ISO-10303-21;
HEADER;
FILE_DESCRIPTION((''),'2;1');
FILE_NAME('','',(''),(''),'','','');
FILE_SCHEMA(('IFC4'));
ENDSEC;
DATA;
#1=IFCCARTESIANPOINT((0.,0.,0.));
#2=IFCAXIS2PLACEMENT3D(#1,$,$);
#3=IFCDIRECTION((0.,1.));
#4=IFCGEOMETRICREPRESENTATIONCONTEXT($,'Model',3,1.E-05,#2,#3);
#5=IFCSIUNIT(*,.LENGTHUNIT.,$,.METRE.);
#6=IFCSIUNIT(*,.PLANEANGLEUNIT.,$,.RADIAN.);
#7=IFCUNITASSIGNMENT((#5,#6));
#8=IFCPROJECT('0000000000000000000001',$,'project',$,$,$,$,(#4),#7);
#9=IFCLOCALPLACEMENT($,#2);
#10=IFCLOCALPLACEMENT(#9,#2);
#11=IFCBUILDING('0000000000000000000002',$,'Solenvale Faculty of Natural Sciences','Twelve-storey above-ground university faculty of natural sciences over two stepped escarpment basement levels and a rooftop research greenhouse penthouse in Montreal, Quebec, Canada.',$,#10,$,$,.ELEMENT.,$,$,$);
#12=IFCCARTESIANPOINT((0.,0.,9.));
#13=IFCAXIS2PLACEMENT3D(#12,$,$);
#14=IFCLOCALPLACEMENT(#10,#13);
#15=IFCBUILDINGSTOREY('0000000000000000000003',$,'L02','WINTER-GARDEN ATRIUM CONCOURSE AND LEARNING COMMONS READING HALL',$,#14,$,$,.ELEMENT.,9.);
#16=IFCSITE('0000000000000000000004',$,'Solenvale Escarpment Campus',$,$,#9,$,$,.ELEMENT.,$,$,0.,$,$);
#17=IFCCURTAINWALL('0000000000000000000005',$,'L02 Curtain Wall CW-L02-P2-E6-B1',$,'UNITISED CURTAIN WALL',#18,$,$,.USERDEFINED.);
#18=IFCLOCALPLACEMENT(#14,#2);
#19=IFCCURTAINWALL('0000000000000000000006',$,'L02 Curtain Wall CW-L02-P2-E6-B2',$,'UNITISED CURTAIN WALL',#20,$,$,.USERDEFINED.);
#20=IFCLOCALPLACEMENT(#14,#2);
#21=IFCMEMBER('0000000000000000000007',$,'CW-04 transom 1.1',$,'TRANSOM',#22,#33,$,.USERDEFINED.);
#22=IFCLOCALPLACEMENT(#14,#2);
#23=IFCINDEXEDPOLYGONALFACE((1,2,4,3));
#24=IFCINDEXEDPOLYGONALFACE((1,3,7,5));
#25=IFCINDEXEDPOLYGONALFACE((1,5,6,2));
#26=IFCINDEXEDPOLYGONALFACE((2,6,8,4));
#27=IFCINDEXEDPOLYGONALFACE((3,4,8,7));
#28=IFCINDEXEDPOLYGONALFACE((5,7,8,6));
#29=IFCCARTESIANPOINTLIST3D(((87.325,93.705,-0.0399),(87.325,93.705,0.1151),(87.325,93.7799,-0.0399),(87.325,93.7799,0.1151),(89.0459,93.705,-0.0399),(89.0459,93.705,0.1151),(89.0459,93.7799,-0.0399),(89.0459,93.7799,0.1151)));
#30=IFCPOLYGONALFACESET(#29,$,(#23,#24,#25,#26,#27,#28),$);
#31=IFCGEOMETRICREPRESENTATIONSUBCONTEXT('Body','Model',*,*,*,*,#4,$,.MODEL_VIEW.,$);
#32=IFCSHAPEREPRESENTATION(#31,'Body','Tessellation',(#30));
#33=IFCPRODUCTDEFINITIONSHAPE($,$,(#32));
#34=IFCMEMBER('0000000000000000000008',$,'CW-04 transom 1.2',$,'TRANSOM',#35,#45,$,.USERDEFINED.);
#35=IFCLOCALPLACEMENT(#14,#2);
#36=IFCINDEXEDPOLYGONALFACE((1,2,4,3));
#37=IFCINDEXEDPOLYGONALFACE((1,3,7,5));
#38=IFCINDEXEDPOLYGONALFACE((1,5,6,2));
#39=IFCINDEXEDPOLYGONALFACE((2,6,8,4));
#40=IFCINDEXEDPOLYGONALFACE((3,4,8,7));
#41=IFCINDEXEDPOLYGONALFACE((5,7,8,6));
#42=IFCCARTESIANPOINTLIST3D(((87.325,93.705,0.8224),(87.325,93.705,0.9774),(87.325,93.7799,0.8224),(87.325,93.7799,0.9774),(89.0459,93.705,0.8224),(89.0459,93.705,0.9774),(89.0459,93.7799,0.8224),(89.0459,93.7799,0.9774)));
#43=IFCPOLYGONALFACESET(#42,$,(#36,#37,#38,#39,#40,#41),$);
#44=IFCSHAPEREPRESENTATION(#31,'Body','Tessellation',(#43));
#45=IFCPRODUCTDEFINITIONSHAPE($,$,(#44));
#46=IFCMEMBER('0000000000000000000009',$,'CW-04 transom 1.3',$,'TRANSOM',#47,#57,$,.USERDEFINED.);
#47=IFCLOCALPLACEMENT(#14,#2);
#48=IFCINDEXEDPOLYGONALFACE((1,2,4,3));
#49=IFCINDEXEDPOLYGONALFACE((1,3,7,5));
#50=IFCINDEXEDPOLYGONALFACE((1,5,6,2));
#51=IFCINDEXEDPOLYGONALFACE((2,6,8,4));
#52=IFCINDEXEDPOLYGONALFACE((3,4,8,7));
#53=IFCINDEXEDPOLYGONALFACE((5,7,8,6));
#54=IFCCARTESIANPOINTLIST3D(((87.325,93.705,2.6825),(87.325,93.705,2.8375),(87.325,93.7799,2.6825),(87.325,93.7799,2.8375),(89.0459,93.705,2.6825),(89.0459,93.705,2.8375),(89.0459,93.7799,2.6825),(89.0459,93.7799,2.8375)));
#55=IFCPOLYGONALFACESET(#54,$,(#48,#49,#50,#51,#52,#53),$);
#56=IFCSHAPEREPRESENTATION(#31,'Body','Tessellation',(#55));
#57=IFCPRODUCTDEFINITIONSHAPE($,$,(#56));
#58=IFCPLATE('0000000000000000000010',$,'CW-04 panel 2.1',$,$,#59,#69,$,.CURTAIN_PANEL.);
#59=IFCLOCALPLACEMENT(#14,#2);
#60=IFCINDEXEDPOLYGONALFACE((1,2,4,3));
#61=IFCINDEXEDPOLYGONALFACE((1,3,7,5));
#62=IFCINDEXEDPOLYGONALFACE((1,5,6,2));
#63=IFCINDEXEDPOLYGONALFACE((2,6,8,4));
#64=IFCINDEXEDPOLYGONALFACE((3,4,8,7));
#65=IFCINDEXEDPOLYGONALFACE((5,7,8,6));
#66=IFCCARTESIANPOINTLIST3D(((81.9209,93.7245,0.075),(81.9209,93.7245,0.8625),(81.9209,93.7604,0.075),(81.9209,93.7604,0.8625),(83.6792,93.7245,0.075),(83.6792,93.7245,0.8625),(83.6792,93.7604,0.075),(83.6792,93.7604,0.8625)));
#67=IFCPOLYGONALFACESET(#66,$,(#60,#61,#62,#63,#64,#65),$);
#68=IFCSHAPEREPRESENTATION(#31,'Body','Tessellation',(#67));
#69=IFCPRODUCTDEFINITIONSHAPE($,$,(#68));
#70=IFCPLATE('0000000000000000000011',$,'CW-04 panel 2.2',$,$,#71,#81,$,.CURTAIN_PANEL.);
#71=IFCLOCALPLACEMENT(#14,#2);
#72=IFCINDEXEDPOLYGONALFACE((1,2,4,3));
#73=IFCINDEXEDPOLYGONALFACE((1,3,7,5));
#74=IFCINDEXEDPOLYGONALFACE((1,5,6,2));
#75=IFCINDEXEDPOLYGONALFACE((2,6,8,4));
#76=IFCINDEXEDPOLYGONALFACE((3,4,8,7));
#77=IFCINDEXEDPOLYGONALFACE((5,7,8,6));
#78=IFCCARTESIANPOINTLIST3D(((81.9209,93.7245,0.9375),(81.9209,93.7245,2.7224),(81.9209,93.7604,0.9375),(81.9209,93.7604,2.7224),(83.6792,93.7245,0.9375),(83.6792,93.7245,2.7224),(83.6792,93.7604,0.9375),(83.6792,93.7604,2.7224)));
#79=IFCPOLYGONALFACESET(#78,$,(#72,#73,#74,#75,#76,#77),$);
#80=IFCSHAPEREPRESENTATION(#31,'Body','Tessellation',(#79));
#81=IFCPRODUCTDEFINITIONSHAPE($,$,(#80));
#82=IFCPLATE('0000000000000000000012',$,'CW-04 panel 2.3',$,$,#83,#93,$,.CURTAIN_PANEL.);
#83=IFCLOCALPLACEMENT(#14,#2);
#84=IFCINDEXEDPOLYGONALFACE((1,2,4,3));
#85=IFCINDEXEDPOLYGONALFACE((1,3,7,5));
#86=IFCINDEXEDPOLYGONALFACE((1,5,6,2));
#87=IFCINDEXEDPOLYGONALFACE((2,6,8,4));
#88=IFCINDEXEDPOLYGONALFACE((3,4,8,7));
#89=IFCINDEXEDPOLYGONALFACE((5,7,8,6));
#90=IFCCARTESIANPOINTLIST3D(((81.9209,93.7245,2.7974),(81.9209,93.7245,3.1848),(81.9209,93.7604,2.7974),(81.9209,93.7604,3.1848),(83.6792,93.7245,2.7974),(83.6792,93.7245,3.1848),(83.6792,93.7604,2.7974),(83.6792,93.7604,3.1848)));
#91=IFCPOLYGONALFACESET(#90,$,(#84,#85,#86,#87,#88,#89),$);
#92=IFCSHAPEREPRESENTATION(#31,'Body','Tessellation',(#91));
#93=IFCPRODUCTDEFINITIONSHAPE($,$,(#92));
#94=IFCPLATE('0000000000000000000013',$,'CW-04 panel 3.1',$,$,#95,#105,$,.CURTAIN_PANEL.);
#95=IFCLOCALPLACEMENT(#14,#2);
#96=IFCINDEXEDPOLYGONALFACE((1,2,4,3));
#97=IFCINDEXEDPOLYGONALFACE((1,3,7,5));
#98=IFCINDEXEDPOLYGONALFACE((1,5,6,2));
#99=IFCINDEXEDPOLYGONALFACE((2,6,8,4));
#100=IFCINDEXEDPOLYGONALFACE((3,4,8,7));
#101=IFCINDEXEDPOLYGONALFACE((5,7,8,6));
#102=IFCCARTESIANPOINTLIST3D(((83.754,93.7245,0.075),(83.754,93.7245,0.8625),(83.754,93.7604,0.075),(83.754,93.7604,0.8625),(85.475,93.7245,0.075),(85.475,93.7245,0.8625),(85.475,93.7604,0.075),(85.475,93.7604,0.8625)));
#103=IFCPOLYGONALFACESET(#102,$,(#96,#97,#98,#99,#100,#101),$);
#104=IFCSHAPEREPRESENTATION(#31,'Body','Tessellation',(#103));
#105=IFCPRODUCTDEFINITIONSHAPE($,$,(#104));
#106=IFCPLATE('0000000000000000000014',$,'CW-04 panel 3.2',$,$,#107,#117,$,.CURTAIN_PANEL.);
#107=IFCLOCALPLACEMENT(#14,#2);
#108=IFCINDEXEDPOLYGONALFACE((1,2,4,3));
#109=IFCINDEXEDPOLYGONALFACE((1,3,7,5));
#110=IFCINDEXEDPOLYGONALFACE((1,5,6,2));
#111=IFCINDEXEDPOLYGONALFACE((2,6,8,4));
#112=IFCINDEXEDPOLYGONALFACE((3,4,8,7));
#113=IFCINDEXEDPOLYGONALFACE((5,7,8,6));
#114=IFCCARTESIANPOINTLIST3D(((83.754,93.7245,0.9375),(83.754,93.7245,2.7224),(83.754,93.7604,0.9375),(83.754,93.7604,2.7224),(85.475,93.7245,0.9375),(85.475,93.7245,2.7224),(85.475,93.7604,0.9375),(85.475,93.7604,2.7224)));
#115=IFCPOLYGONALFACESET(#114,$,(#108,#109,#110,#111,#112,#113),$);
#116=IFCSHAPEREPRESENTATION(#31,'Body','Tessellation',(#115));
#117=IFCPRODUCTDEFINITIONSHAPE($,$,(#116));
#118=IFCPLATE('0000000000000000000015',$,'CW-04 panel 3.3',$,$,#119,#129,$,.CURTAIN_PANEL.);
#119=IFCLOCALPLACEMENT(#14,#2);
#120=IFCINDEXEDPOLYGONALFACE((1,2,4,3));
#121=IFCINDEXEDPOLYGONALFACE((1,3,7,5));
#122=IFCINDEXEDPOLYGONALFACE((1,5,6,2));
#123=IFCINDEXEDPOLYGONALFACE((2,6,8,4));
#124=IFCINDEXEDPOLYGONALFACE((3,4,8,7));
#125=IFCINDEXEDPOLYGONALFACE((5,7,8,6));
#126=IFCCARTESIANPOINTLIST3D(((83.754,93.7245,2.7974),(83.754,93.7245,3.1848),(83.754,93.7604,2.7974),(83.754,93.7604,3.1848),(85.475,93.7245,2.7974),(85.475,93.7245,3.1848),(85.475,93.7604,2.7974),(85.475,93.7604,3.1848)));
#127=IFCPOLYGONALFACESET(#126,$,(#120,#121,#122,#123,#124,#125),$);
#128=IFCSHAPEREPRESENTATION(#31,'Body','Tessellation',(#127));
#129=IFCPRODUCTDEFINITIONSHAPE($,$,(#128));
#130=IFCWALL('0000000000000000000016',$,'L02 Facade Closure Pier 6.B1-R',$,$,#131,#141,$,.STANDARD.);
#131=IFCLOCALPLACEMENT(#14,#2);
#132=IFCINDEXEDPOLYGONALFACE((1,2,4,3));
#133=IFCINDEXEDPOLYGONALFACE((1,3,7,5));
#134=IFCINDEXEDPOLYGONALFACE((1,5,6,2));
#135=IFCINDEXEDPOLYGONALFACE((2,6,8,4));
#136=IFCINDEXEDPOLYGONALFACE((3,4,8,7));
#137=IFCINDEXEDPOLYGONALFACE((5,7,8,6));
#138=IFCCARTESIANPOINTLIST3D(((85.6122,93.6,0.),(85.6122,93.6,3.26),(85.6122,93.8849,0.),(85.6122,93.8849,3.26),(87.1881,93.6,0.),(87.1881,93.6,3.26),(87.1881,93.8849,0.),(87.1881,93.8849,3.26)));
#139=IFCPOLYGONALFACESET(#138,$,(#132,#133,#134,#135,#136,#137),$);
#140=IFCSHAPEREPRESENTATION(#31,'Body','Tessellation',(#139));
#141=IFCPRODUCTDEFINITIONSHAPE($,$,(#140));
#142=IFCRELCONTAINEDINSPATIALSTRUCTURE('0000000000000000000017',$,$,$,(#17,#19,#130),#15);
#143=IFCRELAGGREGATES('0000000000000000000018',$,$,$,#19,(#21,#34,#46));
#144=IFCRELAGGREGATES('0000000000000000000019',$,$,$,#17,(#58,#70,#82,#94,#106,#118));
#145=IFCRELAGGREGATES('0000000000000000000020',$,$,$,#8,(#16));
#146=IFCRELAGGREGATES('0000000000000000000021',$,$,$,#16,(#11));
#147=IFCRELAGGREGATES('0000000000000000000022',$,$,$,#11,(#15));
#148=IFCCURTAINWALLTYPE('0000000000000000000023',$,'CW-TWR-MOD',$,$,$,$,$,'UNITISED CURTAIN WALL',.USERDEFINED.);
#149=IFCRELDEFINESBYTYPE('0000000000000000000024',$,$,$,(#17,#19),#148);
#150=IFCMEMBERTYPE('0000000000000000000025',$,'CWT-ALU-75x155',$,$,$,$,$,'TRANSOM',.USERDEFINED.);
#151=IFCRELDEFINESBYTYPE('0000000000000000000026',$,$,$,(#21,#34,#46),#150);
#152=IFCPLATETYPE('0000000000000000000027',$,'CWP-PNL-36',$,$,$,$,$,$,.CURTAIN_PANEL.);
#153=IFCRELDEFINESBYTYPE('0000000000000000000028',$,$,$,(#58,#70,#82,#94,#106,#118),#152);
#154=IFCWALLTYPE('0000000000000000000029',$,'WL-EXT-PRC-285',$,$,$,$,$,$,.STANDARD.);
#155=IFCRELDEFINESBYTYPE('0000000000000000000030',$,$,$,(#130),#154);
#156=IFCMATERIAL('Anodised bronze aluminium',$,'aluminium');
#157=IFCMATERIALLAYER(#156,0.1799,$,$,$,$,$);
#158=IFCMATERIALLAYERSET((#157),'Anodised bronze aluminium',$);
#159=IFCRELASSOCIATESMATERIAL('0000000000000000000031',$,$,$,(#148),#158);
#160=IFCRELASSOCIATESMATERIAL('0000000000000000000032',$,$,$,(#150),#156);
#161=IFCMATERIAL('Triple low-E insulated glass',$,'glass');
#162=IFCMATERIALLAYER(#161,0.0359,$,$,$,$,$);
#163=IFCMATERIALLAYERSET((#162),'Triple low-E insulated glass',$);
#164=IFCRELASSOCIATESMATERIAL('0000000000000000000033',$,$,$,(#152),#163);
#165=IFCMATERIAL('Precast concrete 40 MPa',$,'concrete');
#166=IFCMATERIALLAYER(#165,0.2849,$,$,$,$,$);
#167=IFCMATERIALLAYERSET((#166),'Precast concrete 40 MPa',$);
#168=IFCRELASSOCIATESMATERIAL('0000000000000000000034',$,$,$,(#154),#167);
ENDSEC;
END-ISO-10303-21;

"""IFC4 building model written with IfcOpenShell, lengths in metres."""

from ifc_helpers import new_model, si_unit, direction, frame, frame_2d, origin, origin_2d, place, context, subcontext, project, spatial, rectangle, extrude, material, layer, layer_set, material_profile, profile_set, type_object, element, aggregate, save


model = new_model("IFC4")

# Units and contexts
model_context = context("Model", 3, precision=1e-05, world=origin(), true_north=direction((0.0, 1.0)))
body_context = subcontext(model_context, "Body", "Model", "MODEL_VIEW")
ifc_project = project(units=[si_unit("LENGTHUNIT", "METRE"), si_unit("PLANEANGLEUNIT", "RADIAN")], contexts=[model_context])

# Site, building, storey
site_placement = place(None, origin())
site = spatial("IfcSite", under=ifc_project, at=site_placement, Name="Solenvale Escarpment Campus", CompositionType="ELEMENT", RefElevation=0.0)
building_placement = place(site_placement, origin())
building = spatial("IfcBuilding", under=site, at=building_placement, Name="Solenvale Faculty of Natural Sciences", Description="Twelve-storey above-ground university faculty of natural sciences over two stepped escarpment basement levels and a rooftop research greenhouse penthouse in Montreal, Quebec, Canada.", CompositionType="ELEMENT")
storey_placement = place(building_placement, frame((0.0, 0.0, 9.0)))
storey = spatial("IfcBuildingStorey", under=building, at=storey_placement, Name="L02", Description="WINTER-GARDEN ATRIUM CONCOURSE AND LEARNING COMMONS READING HALL", CompositionType="ELEMENT", Elevation=9.0)

# Curtain wall
ifc_material_1 = material(Name="Anodised bronze aluminium", Category="aluminium")
ifc_layer_1 = layer(ifc_material_1, 0.1799)
ifc_layer_set_1 = layer_set([ifc_layer_1], Name="Anodised bronze aluminium")
curtain_wall_type = type_object("IfcCurtainWallType", Name="CW-TWR-MOD", ElementType="UNITISED CURTAIN WALL", PredefinedType="USERDEFINED", material=ifc_layer_set_1)
curtain_wall_1_placement = place(storey_placement, origin())
curtain_wall_1 = element("IfcCurtainWall", 1, at=curtain_wall_1_placement, inside=storey, type_object=curtain_wall_type, Name="L02 Curtain Wall CW-L02-P2-E6-B1", ObjectType="UNITISED CURTAIN WALL", PredefinedType="USERDEFINED")

# Curtain wall
curtain_wall_2_placement = place(storey_placement, origin())
curtain_wall_2 = element("IfcCurtainWall", 2, at=curtain_wall_2_placement, inside=storey, type_object=curtain_wall_type, Name="L02 Curtain Wall CW-L02-P2-E6-B2", ObjectType="UNITISED CURTAIN WALL", PredefinedType="USERDEFINED")

# Members
ifc_material_profile_1 = material_profile(ifc_material_1, rectangle(XDim=0.075, YDim=0.155, at=origin_2d()), Name="ALU-TRN-75x155")
ifc_profile_set_1 = profile_set([ifc_material_profile_1], Name="Anodised bronze aluminium")
member_type_1 = type_object("IfcMemberType", Name="CWT-ALU-75x155", ElementType="TRANSOM", PredefinedType="USERDEFINED", material=ifc_profile_set_1)
member_1_placement = place(storey_placement, frame((87.325, 93.7424, 0.0376), z_axis=(1.0, 0.0, 0.0), x_axis=(0.0, 1.0, 0.0)))
member_1 = element("IfcMember", 3, at=member_1_placement, type_object=member_type_1, Name="CW-04 transom 1.1", ObjectType="TRANSOM", PredefinedType="USERDEFINED", context=body_context, shape_type="SweptSolid", body=[
    extrude(rectangle(XDim=0.075, YDim=0.155, at=origin_2d()), origin(), (0.0, 0.0, 1.0), 1.7209),
])
member_2_placement = place(storey_placement, frame((87.325, 93.7424, 0.8999), z_axis=(1.0, 0.0, 0.0), x_axis=(0.0, 1.0, 0.0)))
member_2 = element("IfcMember", 4, at=member_2_placement, type_object=member_type_1, Name="CW-04 transom 1.2", ObjectType="TRANSOM", PredefinedType="USERDEFINED", context=body_context, shape_type="SweptSolid", body=[
    extrude(rectangle(XDim=0.075, YDim=0.155, at=origin_2d()), origin(), (0.0, 0.0, 1.0), 1.7209),
])
member_3_placement = place(storey_placement, frame((87.325, 93.7424, 2.76), z_axis=(1.0, 0.0, 0.0), x_axis=(0.0, 1.0, 0.0)))
member_3 = element("IfcMember", 5, at=member_3_placement, type_object=member_type_1, Name="CW-04 transom 1.3", ObjectType="TRANSOM", PredefinedType="USERDEFINED", context=body_context, shape_type="SweptSolid", body=[
    extrude(rectangle(XDim=0.075, YDim=0.155, at=origin_2d()), origin(), (0.0, 0.0, 1.0), 1.7209),
])
aggregate(curtain_wall_2, [member_1, member_2, member_3])

# Plates
ifc_material_2 = material(Name="Triple low-E insulated glass", Category="glass")
ifc_layer_2 = layer(ifc_material_2, 0.0359)
ifc_layer_set_2 = layer_set([ifc_layer_2], Name="Triple low-E insulated glass")
plate_type = type_object("IfcPlateType", Name="CWP-PNL-36", PredefinedType="CURTAIN_PANEL", material=ifc_layer_set_2)
plate_1_placement = place(storey_placement, frame((82.8, 93.7424, 0.075), z_axis=(0.0, 0.0, 1.0), x_axis=(1.0, 0.0, 0.0)))
plate_1 = element("IfcPlate", 6, at=plate_1_placement, type_object=plate_type, Name="CW-04 panel 2.1", PredefinedType="CURTAIN_PANEL", context=body_context, shape_type="SweptSolid", body=[
    extrude(rectangle(XDim=1.7583, YDim=0.0359, at=origin_2d()), origin(), (0.0, 0.0, 1.0), 0.7876),
])
plate_2_placement = place(storey_placement, frame((82.8, 93.7424, 0.9375), z_axis=(0.0, 0.0, 1.0), x_axis=(1.0, 0.0, 0.0)))
plate_2 = element("IfcPlate", 7, at=plate_2_placement, type_object=plate_type, Name="CW-04 panel 2.2", PredefinedType="CURTAIN_PANEL", context=body_context, shape_type="SweptSolid", body=[
    extrude(rectangle(XDim=1.7583, YDim=0.0359, at=origin_2d()), origin(), (0.0, 0.0, 1.0), 1.7849),
])
plate_3_placement = place(storey_placement, frame((82.8, 93.7424, 2.7974), z_axis=(0.0, 0.0, 1.0), x_axis=(1.0, 0.0, 0.0)))
plate_3 = element("IfcPlate", 8, at=plate_3_placement, type_object=plate_type, Name="CW-04 panel 2.3", PredefinedType="CURTAIN_PANEL", context=body_context, shape_type="SweptSolid", body=[
    extrude(rectangle(XDim=1.7583, YDim=0.0359, at=origin_2d()), origin(), (0.0, 0.0, 1.0), 0.3875),
])
plate_4_placement = place(storey_placement, frame((84.6145, 93.7424, 0.075), z_axis=(0.0, 0.0, 1.0), x_axis=(1.0, 0.0, 0.0)))
plate_4 = element("IfcPlate", 9, at=plate_4_placement, type_object=plate_type, Name="CW-04 panel 3.1", PredefinedType="CURTAIN_PANEL", context=body_context, shape_type="SweptSolid", body=[
    extrude(rectangle(XDim=1.7209, YDim=0.0359, at=origin_2d()), origin(), (0.0, 0.0, 1.0), 0.7876),
])
plate_5_placement = place(storey_placement, frame((84.6145, 93.7424, 0.9375), z_axis=(0.0, 0.0, 1.0), x_axis=(1.0, 0.0, 0.0)))
plate_5 = element("IfcPlate", 10, at=plate_5_placement, type_object=plate_type, Name="CW-04 panel 3.2", PredefinedType="CURTAIN_PANEL", context=body_context, shape_type="SweptSolid", body=[
    extrude(rectangle(XDim=1.7209, YDim=0.0359, at=origin_2d()), origin(), (0.0, 0.0, 1.0), 1.7849),
])
plate_6_placement = place(storey_placement, frame((84.6145, 93.7424, 2.7974), z_axis=(0.0, 0.0, 1.0), x_axis=(1.0, 0.0, 0.0)))
plate_6 = element("IfcPlate", 11, at=plate_6_placement, type_object=plate_type, Name="CW-04 panel 3.3", PredefinedType="CURTAIN_PANEL", context=body_context, shape_type="SweptSolid", body=[
    extrude(rectangle(XDim=1.7209, YDim=0.0359, at=origin_2d()), origin(), (0.0, 0.0, 1.0), 0.3875),
])
aggregate(curtain_wall_1, [plate_1, plate_2, plate_3, plate_4, plate_5, plate_6])

# Wall
ifc_material_3 = material(Name="Precast concrete 40 MPa", Category="concrete")
ifc_layer_3 = layer(ifc_material_3, 0.2849)
ifc_layer_set_3 = layer_set([ifc_layer_3], Name="Precast concrete 40 MPa")
wall_type = type_object("IfcWallType", Name="WL-EXT-PRC-285", PredefinedType="STANDARD", material=ifc_layer_set_3)
wall_placement = place(storey_placement, frame((85.6121, 93.7424, 0.0), z_axis=(0.0, 0.0, 1.0), x_axis=(1.0, 0.0, 0.0)))
element("IfcWall", 12, at=wall_placement, inside=storey, type_object=wall_type, Name="L02 Facade Closure Pier 6.B1-R", PredefinedType="STANDARD", context=body_context, shape_type="SweptSolid", body=[
    extrude(rectangle(XDim=1.5759, YDim=0.2849, at=frame_2d((0.7881, 0.0))), origin(), (0.0, 0.0, 1.0), 3.26),
])

save(model, "model.ifc")
